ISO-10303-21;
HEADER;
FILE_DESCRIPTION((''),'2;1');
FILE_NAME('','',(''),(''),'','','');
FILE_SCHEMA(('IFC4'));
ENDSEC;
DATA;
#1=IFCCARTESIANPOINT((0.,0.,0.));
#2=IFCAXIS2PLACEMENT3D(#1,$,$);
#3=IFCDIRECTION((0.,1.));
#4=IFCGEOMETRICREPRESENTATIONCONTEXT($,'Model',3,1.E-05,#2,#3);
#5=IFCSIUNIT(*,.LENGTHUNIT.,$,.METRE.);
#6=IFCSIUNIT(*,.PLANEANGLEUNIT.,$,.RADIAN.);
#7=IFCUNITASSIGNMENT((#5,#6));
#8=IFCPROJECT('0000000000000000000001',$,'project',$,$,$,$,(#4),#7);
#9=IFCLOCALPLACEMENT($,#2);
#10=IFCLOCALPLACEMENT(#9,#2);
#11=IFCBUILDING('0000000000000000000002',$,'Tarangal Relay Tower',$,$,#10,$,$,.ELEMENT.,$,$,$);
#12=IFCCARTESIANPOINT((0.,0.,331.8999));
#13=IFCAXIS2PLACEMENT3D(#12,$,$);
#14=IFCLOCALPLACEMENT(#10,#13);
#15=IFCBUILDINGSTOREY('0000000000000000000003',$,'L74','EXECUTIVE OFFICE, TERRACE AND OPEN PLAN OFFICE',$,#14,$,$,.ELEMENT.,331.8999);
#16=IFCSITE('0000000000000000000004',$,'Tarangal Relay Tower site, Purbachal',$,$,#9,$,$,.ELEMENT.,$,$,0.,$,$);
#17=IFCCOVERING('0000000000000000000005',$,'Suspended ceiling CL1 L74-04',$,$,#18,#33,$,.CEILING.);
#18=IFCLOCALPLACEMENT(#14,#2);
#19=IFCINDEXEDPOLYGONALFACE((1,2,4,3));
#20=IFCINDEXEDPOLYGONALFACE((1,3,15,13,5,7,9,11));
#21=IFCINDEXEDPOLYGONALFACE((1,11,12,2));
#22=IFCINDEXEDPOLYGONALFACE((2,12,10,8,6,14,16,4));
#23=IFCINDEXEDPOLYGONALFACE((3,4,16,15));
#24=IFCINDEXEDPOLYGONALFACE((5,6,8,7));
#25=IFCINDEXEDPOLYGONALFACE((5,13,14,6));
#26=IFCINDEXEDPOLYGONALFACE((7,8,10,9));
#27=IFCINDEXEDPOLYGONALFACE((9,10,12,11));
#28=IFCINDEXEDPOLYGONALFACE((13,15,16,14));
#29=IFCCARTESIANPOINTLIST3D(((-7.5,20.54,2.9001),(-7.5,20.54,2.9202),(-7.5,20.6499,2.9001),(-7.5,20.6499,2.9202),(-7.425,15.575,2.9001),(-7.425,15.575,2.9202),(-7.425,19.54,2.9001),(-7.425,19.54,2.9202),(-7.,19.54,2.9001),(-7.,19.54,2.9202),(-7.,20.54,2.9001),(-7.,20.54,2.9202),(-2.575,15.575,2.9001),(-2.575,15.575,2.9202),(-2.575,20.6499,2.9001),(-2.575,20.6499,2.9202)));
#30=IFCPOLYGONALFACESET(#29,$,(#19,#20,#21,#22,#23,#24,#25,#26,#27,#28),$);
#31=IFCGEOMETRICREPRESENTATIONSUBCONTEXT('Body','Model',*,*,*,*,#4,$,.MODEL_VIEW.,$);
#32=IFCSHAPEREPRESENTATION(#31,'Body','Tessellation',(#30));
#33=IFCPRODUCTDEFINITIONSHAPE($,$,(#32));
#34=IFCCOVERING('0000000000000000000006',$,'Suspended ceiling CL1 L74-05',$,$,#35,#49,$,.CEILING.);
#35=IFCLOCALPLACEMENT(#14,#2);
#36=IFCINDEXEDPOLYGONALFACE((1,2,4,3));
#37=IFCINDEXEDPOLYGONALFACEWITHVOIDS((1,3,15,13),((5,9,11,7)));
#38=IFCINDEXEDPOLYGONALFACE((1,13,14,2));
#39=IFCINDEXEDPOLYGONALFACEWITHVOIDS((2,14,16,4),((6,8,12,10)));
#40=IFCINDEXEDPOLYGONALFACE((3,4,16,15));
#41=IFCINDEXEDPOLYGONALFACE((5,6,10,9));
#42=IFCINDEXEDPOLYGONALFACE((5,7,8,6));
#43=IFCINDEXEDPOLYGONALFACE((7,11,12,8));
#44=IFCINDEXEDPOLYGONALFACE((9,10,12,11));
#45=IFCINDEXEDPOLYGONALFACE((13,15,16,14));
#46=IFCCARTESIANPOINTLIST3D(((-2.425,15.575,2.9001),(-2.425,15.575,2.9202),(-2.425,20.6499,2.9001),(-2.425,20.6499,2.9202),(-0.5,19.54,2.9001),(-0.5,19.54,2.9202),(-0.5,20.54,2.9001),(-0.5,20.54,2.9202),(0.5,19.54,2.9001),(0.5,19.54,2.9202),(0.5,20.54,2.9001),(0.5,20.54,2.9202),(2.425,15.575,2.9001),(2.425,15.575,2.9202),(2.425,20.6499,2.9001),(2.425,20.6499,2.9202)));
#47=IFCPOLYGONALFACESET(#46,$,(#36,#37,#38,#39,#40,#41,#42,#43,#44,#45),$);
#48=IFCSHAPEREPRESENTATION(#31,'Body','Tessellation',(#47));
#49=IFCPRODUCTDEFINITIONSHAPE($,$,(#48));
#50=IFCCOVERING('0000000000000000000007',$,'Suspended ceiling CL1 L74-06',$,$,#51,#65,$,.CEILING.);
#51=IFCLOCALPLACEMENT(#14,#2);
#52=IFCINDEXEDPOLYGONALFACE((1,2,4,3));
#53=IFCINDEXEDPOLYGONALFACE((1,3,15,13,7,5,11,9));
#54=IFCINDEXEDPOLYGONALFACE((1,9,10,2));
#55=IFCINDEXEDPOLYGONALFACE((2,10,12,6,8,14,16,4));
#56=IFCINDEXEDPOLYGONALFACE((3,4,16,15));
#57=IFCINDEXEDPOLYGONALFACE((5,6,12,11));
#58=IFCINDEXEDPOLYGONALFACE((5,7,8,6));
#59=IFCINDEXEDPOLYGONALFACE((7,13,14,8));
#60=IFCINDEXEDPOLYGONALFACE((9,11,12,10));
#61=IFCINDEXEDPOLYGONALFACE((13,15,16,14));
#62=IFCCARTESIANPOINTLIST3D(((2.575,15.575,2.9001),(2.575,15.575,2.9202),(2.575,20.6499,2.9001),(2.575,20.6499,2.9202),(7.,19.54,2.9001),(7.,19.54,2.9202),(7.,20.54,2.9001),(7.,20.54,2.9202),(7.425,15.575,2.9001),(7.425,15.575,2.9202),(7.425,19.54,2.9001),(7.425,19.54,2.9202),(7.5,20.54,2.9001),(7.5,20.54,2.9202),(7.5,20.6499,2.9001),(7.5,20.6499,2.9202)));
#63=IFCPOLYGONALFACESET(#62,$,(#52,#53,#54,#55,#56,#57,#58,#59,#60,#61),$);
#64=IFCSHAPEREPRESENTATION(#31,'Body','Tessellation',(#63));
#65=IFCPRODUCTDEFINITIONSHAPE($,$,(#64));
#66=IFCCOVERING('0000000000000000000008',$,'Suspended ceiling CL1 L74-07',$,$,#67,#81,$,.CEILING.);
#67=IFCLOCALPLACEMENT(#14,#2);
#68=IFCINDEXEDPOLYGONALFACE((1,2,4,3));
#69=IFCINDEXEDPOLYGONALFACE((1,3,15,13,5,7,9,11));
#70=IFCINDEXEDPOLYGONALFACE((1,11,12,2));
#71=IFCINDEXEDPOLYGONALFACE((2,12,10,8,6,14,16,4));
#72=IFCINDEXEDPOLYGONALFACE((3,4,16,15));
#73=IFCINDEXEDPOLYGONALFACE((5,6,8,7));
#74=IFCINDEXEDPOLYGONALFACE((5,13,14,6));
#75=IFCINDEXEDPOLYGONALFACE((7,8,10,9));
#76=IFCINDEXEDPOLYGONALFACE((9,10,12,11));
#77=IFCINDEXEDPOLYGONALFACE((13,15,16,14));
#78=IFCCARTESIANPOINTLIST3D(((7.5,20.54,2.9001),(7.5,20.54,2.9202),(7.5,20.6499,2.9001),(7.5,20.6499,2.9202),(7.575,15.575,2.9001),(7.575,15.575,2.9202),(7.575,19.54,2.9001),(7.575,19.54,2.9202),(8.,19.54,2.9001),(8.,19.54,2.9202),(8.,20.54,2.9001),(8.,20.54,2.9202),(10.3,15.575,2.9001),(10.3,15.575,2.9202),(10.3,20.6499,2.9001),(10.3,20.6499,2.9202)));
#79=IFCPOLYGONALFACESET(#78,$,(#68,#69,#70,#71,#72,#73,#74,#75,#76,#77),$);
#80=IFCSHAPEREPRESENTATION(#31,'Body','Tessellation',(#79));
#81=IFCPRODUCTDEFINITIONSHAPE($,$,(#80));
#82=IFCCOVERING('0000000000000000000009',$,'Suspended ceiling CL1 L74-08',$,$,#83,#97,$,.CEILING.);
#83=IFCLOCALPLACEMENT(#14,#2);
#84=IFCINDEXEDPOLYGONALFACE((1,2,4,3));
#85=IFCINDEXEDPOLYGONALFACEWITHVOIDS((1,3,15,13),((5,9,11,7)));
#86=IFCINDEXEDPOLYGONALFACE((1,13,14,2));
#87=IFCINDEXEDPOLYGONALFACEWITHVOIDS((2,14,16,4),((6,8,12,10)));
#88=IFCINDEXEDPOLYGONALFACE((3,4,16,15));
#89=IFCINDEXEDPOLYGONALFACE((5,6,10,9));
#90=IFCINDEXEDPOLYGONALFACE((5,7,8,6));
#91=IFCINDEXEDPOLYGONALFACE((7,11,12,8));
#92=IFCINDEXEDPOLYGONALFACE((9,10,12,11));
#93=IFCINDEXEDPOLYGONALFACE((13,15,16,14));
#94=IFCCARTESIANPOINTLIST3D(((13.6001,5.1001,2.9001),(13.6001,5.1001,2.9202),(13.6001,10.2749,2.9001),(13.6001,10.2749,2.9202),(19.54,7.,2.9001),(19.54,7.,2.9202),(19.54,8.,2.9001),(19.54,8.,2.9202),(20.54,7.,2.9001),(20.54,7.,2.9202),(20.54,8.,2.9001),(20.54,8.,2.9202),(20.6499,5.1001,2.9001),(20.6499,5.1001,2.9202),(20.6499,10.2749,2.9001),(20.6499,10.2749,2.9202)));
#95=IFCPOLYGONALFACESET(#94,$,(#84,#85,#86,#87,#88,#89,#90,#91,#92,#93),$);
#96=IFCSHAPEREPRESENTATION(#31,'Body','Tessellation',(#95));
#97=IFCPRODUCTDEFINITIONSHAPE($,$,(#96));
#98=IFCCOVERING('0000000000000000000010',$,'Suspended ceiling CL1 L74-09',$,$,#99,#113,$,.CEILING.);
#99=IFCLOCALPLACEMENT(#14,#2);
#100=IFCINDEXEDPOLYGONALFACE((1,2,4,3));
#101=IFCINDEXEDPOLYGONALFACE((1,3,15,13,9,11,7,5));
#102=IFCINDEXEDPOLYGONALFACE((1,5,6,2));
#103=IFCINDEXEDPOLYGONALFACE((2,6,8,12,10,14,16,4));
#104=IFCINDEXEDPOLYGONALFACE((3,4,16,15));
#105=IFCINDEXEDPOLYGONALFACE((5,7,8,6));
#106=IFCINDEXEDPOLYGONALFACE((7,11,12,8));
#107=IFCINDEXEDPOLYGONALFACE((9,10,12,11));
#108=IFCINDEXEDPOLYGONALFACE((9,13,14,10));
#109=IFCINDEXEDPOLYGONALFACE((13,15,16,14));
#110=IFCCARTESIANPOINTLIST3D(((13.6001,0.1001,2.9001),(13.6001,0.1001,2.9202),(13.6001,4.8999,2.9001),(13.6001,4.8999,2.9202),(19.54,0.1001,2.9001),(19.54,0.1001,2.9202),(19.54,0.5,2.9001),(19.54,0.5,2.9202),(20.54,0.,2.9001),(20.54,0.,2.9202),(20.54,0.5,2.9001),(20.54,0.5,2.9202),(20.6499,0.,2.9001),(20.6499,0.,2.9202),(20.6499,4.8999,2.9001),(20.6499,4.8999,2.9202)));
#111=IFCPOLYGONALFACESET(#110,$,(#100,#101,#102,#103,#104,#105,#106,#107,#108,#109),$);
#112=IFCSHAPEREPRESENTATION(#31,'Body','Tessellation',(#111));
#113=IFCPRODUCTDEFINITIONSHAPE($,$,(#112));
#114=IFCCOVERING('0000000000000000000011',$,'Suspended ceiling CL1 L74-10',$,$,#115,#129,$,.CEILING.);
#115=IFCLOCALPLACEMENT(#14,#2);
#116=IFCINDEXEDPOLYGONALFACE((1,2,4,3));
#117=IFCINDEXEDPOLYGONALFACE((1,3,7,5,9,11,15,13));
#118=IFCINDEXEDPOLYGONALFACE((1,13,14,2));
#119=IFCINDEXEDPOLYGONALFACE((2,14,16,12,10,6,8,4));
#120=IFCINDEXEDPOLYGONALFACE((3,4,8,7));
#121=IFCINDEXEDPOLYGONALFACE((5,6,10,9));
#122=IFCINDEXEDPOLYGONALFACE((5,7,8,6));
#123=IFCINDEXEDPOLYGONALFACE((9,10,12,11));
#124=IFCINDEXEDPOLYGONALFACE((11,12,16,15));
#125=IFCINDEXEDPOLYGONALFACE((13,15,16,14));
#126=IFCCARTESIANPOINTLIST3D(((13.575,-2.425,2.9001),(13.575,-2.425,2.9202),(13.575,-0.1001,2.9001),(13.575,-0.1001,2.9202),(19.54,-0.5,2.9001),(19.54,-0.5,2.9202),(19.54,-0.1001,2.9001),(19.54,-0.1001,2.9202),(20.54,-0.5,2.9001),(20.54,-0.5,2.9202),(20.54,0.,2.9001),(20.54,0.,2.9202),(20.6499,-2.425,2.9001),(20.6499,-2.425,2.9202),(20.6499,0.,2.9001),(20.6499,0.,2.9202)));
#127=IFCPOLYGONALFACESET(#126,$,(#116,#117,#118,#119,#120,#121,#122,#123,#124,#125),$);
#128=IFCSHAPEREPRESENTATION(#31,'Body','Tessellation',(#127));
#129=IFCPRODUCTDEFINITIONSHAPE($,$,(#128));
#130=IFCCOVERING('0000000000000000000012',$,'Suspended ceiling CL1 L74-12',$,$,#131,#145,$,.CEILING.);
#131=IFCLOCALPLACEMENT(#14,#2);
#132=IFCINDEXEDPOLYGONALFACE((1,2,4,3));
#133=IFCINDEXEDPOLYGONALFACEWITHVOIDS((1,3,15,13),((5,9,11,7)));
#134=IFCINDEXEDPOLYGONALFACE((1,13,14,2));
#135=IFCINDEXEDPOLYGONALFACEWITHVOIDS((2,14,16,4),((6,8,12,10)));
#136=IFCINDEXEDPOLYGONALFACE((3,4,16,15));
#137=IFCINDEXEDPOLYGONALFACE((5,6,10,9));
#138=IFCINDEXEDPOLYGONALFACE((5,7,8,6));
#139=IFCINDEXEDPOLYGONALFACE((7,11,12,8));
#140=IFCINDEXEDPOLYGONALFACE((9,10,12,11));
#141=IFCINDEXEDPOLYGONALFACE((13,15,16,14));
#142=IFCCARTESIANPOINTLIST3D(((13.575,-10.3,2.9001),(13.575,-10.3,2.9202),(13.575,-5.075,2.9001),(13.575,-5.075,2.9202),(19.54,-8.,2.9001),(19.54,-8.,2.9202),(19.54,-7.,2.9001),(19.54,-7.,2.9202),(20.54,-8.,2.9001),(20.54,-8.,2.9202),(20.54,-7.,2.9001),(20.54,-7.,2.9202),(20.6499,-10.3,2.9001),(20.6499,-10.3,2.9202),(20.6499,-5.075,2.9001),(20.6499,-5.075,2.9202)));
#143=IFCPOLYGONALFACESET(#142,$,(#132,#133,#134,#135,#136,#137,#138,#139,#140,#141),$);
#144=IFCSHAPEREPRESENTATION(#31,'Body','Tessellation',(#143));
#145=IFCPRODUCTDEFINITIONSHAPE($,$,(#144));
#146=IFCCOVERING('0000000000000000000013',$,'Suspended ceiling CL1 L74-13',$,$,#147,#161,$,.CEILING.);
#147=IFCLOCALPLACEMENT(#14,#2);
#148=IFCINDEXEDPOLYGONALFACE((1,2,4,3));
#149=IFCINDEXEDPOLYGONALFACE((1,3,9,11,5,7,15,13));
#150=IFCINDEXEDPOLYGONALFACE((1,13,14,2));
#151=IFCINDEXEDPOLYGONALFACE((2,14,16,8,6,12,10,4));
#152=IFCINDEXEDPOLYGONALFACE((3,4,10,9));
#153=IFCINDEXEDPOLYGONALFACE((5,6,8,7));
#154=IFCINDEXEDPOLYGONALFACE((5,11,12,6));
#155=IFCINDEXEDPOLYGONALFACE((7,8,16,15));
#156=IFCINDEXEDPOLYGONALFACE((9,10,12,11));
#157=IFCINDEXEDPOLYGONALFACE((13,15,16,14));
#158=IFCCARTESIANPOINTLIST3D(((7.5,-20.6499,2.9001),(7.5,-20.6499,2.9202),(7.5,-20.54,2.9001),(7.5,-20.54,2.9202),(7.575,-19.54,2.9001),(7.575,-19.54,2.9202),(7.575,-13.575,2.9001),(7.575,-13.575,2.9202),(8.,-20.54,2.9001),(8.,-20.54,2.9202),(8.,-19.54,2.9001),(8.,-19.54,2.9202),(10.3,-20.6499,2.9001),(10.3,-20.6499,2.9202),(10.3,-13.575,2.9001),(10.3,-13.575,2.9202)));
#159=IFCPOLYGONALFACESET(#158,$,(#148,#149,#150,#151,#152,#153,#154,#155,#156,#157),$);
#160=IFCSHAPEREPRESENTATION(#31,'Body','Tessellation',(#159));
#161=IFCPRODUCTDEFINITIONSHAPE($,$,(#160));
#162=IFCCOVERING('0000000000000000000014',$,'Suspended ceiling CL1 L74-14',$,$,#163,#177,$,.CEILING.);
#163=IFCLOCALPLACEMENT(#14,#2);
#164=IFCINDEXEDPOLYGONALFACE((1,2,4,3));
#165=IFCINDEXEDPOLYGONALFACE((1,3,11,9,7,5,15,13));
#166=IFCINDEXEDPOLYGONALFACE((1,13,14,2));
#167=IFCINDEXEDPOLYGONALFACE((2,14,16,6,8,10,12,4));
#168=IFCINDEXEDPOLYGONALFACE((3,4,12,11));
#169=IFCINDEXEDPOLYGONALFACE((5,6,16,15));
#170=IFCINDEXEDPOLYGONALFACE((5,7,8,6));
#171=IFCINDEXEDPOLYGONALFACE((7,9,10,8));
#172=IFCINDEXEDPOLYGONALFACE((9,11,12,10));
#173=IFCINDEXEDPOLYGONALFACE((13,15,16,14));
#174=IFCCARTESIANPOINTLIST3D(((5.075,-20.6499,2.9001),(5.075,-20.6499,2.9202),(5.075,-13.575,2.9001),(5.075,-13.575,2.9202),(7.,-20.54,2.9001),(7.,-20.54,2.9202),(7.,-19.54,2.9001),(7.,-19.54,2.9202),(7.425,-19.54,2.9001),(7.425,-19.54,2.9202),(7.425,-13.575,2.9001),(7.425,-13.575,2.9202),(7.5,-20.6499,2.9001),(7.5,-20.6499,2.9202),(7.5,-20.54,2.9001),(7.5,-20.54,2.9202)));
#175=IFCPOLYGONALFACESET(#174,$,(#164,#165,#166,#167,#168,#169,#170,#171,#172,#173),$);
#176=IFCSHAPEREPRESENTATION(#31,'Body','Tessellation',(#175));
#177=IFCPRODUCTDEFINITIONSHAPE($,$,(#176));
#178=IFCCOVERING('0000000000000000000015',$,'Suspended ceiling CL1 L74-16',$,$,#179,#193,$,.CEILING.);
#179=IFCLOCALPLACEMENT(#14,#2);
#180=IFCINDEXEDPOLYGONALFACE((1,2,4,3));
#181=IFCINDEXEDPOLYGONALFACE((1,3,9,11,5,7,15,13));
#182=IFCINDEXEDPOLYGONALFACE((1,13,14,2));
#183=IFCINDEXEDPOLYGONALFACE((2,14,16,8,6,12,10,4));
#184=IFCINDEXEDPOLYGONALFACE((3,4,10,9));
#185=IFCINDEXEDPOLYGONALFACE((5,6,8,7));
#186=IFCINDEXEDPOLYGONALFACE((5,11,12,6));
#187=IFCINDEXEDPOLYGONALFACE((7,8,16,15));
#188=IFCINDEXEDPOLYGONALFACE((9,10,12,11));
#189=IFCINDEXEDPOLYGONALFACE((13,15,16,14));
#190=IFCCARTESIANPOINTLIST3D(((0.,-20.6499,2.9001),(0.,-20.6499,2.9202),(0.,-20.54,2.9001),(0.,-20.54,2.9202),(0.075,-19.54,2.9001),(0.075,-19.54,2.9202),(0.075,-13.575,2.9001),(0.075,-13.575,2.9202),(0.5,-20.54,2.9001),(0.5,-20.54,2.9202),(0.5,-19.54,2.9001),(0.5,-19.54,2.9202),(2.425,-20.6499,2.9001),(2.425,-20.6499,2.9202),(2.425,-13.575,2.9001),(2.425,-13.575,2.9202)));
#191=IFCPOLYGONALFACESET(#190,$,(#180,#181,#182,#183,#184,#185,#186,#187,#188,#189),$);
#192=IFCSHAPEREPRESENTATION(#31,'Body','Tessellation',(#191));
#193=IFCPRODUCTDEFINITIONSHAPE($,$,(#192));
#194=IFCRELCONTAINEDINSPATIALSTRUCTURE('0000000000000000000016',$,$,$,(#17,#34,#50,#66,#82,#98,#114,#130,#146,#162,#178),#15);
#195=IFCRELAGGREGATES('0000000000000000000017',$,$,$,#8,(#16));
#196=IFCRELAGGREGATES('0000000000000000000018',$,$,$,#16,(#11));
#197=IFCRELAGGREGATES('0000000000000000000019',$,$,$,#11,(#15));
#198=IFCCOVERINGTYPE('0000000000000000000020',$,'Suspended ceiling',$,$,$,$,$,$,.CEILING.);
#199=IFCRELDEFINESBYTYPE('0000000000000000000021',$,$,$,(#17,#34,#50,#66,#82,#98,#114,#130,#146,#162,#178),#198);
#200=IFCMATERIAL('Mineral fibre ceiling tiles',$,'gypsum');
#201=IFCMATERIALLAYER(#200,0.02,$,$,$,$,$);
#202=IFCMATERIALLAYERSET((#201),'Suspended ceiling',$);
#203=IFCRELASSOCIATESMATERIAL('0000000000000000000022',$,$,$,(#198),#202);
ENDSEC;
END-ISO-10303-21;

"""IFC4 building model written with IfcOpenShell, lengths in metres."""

from ifc_helpers import new_model, si_unit, direction, frame, origin, place, context, subcontext, project, spatial, polyline, outline, extrude, material, layer, layer_set, type_object, element, save


model = new_model("IFC4")

# Units and contexts
model_context = context("Model", 3, precision=1e-05, world=origin(), true_north=direction((0.0, 1.0)))
body_context = subcontext(model_context, "Body", "Model", "MODEL_VIEW")
ifc_project = project(units=[si_unit("LENGTHUNIT", "METRE"), si_unit("PLANEANGLEUNIT", "RADIAN")], contexts=[model_context])

# Site, building, storey
site_placement = place(None, origin())
site = spatial("IfcSite", under=ifc_project, at=site_placement, Name="Tarangal Relay Tower site, Purbachal", CompositionType="ELEMENT", RefElevation=0.0)
building_placement = place(site_placement, origin())
building = spatial("IfcBuilding", under=site, at=building_placement, Name="Tarangal Relay Tower", CompositionType="ELEMENT")
storey_placement = place(building_placement, frame((0.0, 0.0, 331.8999)))
storey = spatial("IfcBuildingStorey", under=building, at=storey_placement, Name="L74", Description="EXECUTIVE OFFICE, TERRACE AND OPEN PLAN OFFICE", CompositionType="ELEMENT", Elevation=331.8999)

# Coverings
ifc_material_1 = material(Name="Mineral fibre ceiling tiles", Category="gypsum")
ifc_layer_1 = layer(ifc_material_1, 0.02)
ifc_layer_set_1 = layer_set([ifc_layer_1], Name="Suspended ceiling")
covering_type_1 = type_object("IfcCoveringType", Name="Suspended ceiling", PredefinedType="CEILING", material=ifc_layer_set_1)
covering_1_placement = place(storey_placement, frame((0.0, 0.0, 2.9001)))
element("IfcCovering", 1, at=covering_1_placement, inside=storey, type_object=covering_type_1, Name="Suspended ceiling CL1 L74-04", PredefinedType="CEILING", context=body_context, shape_type="SweptSolid", body=[
    extrude(outline(polyline([(-2.575, 20.6499), (-7.5, 20.6499), (-7.5, 20.54), (-7.0, 20.54), (-7.0, 19.54), (-7.425, 19.54), (-7.425, 15.575), (-2.575, 15.575), (-2.575, 20.6499)])), origin(), (0.0, 0.0, 1.0), 0.02),
])
covering_2_placement = place(storey_placement, frame((0.0, 0.0, 2.9001)))
element("IfcCovering", 2, at=covering_2_placement, inside=storey, type_object=covering_type_1, Name="Suspended ceiling CL1 L74-05", PredefinedType="CEILING", context=body_context, shape_type="SweptSolid", body=[
    extrude(outline(polyline([(2.425, 20.6499), (-2.425, 20.6499), (-2.425, 15.575), (2.425, 15.575), (2.425, 20.6499)]), holes=[polyline([(0.5, 20.54), (-0.5, 20.54), (-0.5, 19.54), (0.5, 19.54), (0.5, 20.54)])]), origin(), (0.0, 0.0, 1.0), 0.02),
])
covering_3_placement = place(storey_placement, frame((0.0, 0.0, 2.9001)))
element("IfcCovering", 3, at=covering_3_placement, inside=storey, type_object=covering_type_1, Name="Suspended ceiling CL1 L74-06", PredefinedType="CEILING", context=body_context, shape_type="SweptSolid", body=[
    extrude(outline(polyline([(7.5, 20.6499), (2.575, 20.6499), (2.575, 15.575), (7.425, 15.575), (7.425, 19.54), (7.0, 19.54), (7.0, 20.54), (7.5, 20.54), (7.5, 20.6499)])), origin(), (0.0, 0.0, 1.0), 0.02),
])
covering_4_placement = place(storey_placement, frame((0.0, 0.0, 2.9001)))
element("IfcCovering", 4, at=covering_4_placement, inside=storey, type_object=covering_type_1, Name="Suspended ceiling CL1 L74-07", PredefinedType="CEILING", context=body_context, shape_type="SweptSolid", body=[
    extrude(outline(polyline([(10.3, 20.6499), (7.5, 20.6499), (7.5, 20.54), (8.0, 20.54), (8.0, 19.54), (7.575, 19.54), (7.575, 15.575), (10.3, 15.575), (10.3, 20.6499)])), origin(), (0.0, 0.0, 1.0), 0.02),
])
covering_5_placement = place(storey_placement, frame((0.0, 0.0, 2.9001)))
element("IfcCovering", 5, at=covering_5_placement, inside=storey, type_object=covering_type_1, Name="Suspended ceiling CL1 L74-08", PredefinedType="CEILING", context=body_context, shape_type="SweptSolid", body=[
    extrude(outline(polyline([(20.6499, 5.1001), (20.6499, 10.2749), (13.6001, 10.2749), (13.6001, 5.1001), (20.6499, 5.1001)]), holes=[polyline([(20.54, 8.0), (19.54, 8.0), (19.54, 7.0), (20.54, 7.0), (20.54, 8.0)])]), origin(), (0.0, 0.0, 1.0), 0.02),
])
covering_6_placement = place(storey_placement, frame((0.0, 0.0, 2.9001)))
element("IfcCovering", 6, at=covering_6_placement, inside=storey, type_object=covering_type_1, Name="Suspended ceiling CL1 L74-09", PredefinedType="CEILING", context=body_context, shape_type="SweptSolid", body=[
    extrude(outline(polyline([(20.6499, 0.0), (20.6499, 4.8999), (13.6001, 4.8999), (13.6001, 0.1001), (19.54, 0.1001), (19.54, 0.5), (20.54, 0.5), (20.54, 0.0), (20.6499, 0.0)])), origin(), (0.0, 0.0, 1.0), 0.02),
])
covering_7_placement = place(storey_placement, frame((0.0, 0.0, 2.9001)))
element("IfcCovering", 7, at=covering_7_placement, inside=storey, type_object=covering_type_1, Name="Suspended ceiling CL1 L74-10", PredefinedType="CEILING", context=body_context, shape_type="SweptSolid", body=[
    extrude(outline(polyline([(20.6499, -2.425), (20.6499, 0.0), (20.54, 0.0), (20.54, -0.5), (19.54, -0.5), (19.54, -0.1001), (13.575, -0.1001), (13.575, -2.425), (20.6499, -2.425)])), origin(), (0.0, 0.0, 1.0), 0.02),
])
covering_8_placement = place(storey_placement, frame((0.0, 0.0, 2.9001)))
element("IfcCovering", 8, at=covering_8_placement, inside=storey, type_object=covering_type_1, Name="Suspended ceiling CL1 L74-12", PredefinedType="CEILING", context=body_context, shape_type="SweptSolid", body=[
    extrude(outline(polyline([(20.6499, -10.3), (20.6499, -5.075), (13.575, -5.075), (13.575, -10.3), (20.6499, -10.3)]), holes=[polyline([(20.54, -7.0), (19.54, -7.0), (19.54, -8.0), (20.54, -8.0), (20.54, -7.0)])]), origin(), (0.0, 0.0, 1.0), 0.02),
])
covering_9_placement = place(storey_placement, frame((0.0, 0.0, 2.9001)))
element("IfcCovering", 9, at=covering_9_placement, inside=storey, type_object=covering_type_1, Name="Suspended ceiling CL1 L74-13", PredefinedType="CEILING", context=body_context, shape_type="SweptSolid", body=[
    extrude(outline(polyline([(7.5, -20.6499), (10.3, -20.6499), (10.3, -13.575), (7.575, -13.575), (7.575, -19.54), (8.0, -19.54), (8.0, -20.54), (7.5, -20.54), (7.5, -20.6499)])), origin(), (0.0, 0.0, 1.0), 0.02),
])
covering_10_placement = place(storey_placement, frame((0.0, 0.0, 2.9001)))
element("IfcCovering", 10, at=covering_10_placement, inside=storey, type_object=covering_type_1, Name="Suspended ceiling CL1 L74-14", PredefinedType="CEILING", context=body_context, shape_type="SweptSolid", body=[
    extrude(outline(polyline([(5.075, -20.6499), (7.5, -20.6499), (7.5, -20.54), (7.0, -20.54), (7.0, -19.54), (7.425, -19.54), (7.425, -13.575), (5.075, -13.575), (5.075, -20.6499)])), origin(), (0.0, 0.0, 1.0), 0.02),
])
covering_11_placement = place(storey_placement, frame((0.0, 0.0, 2.9001)))
element("IfcCovering", 11, at=covering_11_placement, inside=storey, type_object=covering_type_1, Name="Suspended ceiling CL1 L74-16", PredefinedType="CEILING", context=body_context, shape_type="SweptSolid", body=[
    extrude(outline(polyline([(0.0, -20.6499), (2.425, -20.6499), (2.425, -13.575), (0.075, -13.575), (0.075, -19.54), (0.5, -19.54), (0.5, -20.54), (0.0, -20.54), (0.0, -20.6499)])), origin(), (0.0, 0.0, 1.0), 0.02),
])

save(model, "model.ifc")
